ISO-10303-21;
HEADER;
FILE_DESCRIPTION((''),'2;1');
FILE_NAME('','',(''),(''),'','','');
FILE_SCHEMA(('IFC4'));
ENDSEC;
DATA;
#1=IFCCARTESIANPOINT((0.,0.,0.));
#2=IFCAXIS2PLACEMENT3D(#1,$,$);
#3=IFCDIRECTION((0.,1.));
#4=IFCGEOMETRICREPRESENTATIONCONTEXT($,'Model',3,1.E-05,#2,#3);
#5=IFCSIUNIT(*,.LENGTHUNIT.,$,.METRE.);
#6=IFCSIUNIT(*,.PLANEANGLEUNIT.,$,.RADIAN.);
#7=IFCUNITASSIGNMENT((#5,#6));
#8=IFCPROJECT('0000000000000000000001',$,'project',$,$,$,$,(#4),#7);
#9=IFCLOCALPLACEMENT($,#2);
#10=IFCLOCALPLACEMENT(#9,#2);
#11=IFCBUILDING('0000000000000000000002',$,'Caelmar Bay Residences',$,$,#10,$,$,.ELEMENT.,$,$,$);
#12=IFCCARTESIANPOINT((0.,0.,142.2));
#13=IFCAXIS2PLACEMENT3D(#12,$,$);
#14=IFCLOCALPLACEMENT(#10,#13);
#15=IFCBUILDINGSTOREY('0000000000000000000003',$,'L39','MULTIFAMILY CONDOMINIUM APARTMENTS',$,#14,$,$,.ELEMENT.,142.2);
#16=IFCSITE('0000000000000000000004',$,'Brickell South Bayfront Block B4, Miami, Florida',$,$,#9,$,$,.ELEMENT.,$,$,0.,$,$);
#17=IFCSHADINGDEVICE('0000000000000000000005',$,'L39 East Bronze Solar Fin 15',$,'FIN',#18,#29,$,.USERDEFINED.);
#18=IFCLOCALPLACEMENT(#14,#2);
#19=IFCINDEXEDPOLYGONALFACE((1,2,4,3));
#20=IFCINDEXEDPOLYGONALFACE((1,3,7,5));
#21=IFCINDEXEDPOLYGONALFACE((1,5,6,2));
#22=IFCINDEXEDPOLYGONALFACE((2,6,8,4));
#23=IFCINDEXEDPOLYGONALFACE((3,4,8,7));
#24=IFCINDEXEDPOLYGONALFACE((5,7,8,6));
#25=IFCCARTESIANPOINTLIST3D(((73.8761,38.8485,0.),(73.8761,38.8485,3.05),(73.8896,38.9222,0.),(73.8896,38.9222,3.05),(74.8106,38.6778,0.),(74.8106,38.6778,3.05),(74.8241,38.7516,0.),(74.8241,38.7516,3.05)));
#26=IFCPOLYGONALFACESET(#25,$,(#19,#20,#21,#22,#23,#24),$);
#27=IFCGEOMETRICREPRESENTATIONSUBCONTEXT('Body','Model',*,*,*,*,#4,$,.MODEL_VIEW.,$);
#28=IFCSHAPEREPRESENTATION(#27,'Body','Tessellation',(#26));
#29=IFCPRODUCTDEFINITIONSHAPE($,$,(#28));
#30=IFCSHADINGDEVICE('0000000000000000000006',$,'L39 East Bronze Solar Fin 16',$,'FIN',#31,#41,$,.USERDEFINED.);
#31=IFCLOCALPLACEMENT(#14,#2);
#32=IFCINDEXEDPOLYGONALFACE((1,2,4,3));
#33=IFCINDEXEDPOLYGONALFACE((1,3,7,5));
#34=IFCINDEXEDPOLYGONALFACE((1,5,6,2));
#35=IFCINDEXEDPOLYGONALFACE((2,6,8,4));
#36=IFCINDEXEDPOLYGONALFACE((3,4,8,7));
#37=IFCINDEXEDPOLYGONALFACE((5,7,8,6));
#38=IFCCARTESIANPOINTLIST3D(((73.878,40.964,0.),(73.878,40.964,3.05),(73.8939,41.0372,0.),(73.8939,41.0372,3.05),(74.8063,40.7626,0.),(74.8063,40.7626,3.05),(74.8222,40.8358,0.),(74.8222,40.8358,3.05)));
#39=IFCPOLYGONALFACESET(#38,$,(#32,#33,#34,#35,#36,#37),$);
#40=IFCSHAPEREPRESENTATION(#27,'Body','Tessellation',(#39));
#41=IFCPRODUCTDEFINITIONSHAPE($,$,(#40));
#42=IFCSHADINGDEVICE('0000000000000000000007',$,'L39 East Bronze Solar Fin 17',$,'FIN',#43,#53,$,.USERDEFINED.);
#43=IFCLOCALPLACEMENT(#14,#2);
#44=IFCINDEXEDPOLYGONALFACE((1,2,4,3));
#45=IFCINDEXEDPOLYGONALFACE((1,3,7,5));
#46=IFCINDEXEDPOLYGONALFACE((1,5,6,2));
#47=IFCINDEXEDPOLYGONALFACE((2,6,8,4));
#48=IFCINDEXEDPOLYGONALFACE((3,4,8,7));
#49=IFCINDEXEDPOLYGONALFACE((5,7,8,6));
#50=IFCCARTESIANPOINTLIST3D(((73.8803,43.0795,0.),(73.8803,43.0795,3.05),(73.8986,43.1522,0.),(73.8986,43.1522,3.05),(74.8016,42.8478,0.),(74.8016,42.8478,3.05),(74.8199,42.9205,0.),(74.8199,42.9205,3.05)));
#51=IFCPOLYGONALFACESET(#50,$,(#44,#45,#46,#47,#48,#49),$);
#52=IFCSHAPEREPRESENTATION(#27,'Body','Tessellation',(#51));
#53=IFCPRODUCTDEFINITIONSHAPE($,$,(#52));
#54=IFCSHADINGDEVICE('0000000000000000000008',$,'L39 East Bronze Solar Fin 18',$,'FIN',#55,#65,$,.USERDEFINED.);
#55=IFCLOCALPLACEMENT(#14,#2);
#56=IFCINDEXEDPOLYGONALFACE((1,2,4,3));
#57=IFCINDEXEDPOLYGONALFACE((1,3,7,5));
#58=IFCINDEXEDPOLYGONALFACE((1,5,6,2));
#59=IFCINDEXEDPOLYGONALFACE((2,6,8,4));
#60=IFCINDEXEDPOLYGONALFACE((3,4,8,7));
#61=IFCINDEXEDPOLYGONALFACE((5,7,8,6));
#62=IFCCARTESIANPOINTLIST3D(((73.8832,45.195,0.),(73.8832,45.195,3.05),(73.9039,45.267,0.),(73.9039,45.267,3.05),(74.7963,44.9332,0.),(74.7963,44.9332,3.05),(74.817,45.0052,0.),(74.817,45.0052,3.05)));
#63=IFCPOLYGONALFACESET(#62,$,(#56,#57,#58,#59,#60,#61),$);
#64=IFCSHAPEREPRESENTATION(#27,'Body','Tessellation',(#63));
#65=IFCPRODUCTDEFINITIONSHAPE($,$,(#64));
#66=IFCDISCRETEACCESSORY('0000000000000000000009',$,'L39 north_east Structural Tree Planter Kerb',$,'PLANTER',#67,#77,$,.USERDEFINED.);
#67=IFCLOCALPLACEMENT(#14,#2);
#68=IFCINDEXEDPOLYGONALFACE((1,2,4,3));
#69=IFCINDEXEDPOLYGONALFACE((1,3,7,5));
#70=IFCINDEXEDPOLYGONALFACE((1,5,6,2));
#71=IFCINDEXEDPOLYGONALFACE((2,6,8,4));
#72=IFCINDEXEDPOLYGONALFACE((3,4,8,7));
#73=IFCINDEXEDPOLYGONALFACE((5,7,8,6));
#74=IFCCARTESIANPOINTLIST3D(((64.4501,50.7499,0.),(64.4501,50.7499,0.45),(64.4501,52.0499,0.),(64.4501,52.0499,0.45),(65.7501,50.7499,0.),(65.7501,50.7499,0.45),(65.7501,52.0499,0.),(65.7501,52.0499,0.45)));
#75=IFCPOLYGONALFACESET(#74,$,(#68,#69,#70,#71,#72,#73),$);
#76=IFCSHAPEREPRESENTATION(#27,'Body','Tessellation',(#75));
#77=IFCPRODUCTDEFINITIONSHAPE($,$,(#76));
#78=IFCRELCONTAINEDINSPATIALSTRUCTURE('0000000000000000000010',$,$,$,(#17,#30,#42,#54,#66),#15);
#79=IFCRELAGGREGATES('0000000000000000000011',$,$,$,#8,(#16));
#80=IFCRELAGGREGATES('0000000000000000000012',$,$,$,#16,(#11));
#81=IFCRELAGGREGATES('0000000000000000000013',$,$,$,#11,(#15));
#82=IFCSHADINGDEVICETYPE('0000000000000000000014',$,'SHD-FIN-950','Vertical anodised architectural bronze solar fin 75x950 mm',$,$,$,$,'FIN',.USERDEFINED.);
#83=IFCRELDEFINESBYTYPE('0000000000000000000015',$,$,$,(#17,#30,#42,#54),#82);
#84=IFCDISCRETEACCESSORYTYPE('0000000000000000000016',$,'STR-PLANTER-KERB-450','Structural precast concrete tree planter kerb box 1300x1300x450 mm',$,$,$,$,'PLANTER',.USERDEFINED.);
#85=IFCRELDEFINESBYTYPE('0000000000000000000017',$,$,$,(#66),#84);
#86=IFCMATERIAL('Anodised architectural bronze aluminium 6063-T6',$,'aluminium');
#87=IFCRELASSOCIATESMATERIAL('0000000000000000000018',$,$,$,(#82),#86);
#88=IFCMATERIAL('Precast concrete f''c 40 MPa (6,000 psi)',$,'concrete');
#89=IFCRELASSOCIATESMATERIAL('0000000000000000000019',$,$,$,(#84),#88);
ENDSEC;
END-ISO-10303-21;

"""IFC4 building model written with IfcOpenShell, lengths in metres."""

from ifc_helpers import new_model, si_unit, direction, frame, origin, origin_2d, place, context, subcontext, project, spatial, rectangle, extrude, material, material_profile, profile_set, type_object, element, save


model = new_model("IFC4")

# Units and contexts
model_context = context("Model", 3, precision=1e-05, world=origin(), true_north=direction((0.0, 1.0)))
body_context = subcontext(model_context, "Body", "Model", "MODEL_VIEW")
ifc_project = project(units=[si_unit("LENGTHUNIT", "METRE"), si_unit("PLANEANGLEUNIT", "RADIAN")], contexts=[model_context])

# Site, building, storey
site_placement = place(None, origin())
site = spatial("IfcSite", under=ifc_project, at=site_placement, Name="Brickell South Bayfront Block B4, Miami, Florida", CompositionType="ELEMENT", RefElevation=0.0)
building_placement = place(site_placement, origin())
building = spatial("IfcBuilding", under=site, at=building_placement, Name="Caelmar Bay Residences", CompositionType="ELEMENT")
storey_placement = place(building_placement, frame((0.0, 0.0, 142.2)))
storey = spatial("IfcBuildingStorey", under=building, at=storey_placement, Name="L39", Description="MULTIFAMILY CONDOMINIUM APARTMENTS", CompositionType="ELEMENT", Elevation=142.2)

# Shared definitions
ifc_material_1 = material(Name="Precast concrete f'c 40 MPa (6,000 psi)", Category="concrete")

# Shading devices
ifc_material_2 = material(Name="Anodised architectural bronze aluminium 6063-T6", Category="aluminium")
ifc_material_profile_1 = material_profile(ifc_material_2, rectangle(XDim=0.075, YDim=0.95, at=origin_2d()), Name="BRONZE-FIN-75X950")
ifc_profile_set_1 = profile_set([ifc_material_profile_1], Name="Anodised architectural bronze aluminium 6063-T6")
shading_device_type = type_object("IfcShadingDeviceType", Name="SHD-FIN-950", Description="Vertical anodised architectural bronze solar fin 75x950 mm", ElementType="FIN", PredefinedType="USERDEFINED", material=ifc_profile_set_1)
for number, where, z_axis, x_axis, name in (
    (1, (74.3501, 38.8, 0.0), (0.0, 0.0, 1.0), (0.179661, 0.983729, 0.0), "L39 East Bronze Solar Fin 15"),
    (2, (74.3501, 40.8999, 0.0), (0.0, 0.0, 1.0), (0.212007, 0.977268, 0.0), "L39 East Bronze Solar Fin 16"),
    (3, (74.3501, 43.0, 0.0), (0.0, 0.0, 1.0), (0.243954, 0.969787, 0.0), "L39 East Bronze Solar Fin 17"),
    (4, (74.3501, 45.1001, 0.0), (0.0, 0.0, 1.0), (0.275637, 0.961262, 0.0), "L39 East Bronze Solar Fin 18"),
):
    element("IfcShadingDevice", number, at=place(storey_placement, frame(where, z_axis=z_axis, x_axis=x_axis)), inside=storey, type_object=shading_device_type, Name=name, ObjectType="FIN", PredefinedType="USERDEFINED", context=body_context, shape_type="SweptSolid", body=[
        extrude(rectangle(XDim=0.075, YDim=0.95, at=origin_2d()), origin(), (0.0, 0.0, 1.0), 3.05),
    ])

# Discrete accessory
discrete_accessory_type = type_object("IfcDiscreteAccessoryType", Name="STR-PLANTER-KERB-450", Description="Structural precast concrete tree planter kerb box 1300x1300x450 mm", ElementType="PLANTER", PredefinedType="USERDEFINED", material=ifc_material_1)
discrete_accessory_placement = place(storey_placement, frame((65.1001, 51.3999, 0.0), z_axis=(0.0, 0.0, 1.0), x_axis=(1.0, 0.0, 0.0)))
element("IfcDiscreteAccessory", 5, at=discrete_accessory_placement, inside=storey, type_object=discrete_accessory_type, Name="L39 north_east Structural Tree Planter Kerb", ObjectType="PLANTER", PredefinedType="USERDEFINED", context=body_context, shape_type="SweptSolid", body=[
    extrude(rectangle(XDim=1.3, YDim=1.3, at=origin_2d()), origin(), (0.0, 0.0, 1.0), 0.45),
])

save(model, "model.ifc")
